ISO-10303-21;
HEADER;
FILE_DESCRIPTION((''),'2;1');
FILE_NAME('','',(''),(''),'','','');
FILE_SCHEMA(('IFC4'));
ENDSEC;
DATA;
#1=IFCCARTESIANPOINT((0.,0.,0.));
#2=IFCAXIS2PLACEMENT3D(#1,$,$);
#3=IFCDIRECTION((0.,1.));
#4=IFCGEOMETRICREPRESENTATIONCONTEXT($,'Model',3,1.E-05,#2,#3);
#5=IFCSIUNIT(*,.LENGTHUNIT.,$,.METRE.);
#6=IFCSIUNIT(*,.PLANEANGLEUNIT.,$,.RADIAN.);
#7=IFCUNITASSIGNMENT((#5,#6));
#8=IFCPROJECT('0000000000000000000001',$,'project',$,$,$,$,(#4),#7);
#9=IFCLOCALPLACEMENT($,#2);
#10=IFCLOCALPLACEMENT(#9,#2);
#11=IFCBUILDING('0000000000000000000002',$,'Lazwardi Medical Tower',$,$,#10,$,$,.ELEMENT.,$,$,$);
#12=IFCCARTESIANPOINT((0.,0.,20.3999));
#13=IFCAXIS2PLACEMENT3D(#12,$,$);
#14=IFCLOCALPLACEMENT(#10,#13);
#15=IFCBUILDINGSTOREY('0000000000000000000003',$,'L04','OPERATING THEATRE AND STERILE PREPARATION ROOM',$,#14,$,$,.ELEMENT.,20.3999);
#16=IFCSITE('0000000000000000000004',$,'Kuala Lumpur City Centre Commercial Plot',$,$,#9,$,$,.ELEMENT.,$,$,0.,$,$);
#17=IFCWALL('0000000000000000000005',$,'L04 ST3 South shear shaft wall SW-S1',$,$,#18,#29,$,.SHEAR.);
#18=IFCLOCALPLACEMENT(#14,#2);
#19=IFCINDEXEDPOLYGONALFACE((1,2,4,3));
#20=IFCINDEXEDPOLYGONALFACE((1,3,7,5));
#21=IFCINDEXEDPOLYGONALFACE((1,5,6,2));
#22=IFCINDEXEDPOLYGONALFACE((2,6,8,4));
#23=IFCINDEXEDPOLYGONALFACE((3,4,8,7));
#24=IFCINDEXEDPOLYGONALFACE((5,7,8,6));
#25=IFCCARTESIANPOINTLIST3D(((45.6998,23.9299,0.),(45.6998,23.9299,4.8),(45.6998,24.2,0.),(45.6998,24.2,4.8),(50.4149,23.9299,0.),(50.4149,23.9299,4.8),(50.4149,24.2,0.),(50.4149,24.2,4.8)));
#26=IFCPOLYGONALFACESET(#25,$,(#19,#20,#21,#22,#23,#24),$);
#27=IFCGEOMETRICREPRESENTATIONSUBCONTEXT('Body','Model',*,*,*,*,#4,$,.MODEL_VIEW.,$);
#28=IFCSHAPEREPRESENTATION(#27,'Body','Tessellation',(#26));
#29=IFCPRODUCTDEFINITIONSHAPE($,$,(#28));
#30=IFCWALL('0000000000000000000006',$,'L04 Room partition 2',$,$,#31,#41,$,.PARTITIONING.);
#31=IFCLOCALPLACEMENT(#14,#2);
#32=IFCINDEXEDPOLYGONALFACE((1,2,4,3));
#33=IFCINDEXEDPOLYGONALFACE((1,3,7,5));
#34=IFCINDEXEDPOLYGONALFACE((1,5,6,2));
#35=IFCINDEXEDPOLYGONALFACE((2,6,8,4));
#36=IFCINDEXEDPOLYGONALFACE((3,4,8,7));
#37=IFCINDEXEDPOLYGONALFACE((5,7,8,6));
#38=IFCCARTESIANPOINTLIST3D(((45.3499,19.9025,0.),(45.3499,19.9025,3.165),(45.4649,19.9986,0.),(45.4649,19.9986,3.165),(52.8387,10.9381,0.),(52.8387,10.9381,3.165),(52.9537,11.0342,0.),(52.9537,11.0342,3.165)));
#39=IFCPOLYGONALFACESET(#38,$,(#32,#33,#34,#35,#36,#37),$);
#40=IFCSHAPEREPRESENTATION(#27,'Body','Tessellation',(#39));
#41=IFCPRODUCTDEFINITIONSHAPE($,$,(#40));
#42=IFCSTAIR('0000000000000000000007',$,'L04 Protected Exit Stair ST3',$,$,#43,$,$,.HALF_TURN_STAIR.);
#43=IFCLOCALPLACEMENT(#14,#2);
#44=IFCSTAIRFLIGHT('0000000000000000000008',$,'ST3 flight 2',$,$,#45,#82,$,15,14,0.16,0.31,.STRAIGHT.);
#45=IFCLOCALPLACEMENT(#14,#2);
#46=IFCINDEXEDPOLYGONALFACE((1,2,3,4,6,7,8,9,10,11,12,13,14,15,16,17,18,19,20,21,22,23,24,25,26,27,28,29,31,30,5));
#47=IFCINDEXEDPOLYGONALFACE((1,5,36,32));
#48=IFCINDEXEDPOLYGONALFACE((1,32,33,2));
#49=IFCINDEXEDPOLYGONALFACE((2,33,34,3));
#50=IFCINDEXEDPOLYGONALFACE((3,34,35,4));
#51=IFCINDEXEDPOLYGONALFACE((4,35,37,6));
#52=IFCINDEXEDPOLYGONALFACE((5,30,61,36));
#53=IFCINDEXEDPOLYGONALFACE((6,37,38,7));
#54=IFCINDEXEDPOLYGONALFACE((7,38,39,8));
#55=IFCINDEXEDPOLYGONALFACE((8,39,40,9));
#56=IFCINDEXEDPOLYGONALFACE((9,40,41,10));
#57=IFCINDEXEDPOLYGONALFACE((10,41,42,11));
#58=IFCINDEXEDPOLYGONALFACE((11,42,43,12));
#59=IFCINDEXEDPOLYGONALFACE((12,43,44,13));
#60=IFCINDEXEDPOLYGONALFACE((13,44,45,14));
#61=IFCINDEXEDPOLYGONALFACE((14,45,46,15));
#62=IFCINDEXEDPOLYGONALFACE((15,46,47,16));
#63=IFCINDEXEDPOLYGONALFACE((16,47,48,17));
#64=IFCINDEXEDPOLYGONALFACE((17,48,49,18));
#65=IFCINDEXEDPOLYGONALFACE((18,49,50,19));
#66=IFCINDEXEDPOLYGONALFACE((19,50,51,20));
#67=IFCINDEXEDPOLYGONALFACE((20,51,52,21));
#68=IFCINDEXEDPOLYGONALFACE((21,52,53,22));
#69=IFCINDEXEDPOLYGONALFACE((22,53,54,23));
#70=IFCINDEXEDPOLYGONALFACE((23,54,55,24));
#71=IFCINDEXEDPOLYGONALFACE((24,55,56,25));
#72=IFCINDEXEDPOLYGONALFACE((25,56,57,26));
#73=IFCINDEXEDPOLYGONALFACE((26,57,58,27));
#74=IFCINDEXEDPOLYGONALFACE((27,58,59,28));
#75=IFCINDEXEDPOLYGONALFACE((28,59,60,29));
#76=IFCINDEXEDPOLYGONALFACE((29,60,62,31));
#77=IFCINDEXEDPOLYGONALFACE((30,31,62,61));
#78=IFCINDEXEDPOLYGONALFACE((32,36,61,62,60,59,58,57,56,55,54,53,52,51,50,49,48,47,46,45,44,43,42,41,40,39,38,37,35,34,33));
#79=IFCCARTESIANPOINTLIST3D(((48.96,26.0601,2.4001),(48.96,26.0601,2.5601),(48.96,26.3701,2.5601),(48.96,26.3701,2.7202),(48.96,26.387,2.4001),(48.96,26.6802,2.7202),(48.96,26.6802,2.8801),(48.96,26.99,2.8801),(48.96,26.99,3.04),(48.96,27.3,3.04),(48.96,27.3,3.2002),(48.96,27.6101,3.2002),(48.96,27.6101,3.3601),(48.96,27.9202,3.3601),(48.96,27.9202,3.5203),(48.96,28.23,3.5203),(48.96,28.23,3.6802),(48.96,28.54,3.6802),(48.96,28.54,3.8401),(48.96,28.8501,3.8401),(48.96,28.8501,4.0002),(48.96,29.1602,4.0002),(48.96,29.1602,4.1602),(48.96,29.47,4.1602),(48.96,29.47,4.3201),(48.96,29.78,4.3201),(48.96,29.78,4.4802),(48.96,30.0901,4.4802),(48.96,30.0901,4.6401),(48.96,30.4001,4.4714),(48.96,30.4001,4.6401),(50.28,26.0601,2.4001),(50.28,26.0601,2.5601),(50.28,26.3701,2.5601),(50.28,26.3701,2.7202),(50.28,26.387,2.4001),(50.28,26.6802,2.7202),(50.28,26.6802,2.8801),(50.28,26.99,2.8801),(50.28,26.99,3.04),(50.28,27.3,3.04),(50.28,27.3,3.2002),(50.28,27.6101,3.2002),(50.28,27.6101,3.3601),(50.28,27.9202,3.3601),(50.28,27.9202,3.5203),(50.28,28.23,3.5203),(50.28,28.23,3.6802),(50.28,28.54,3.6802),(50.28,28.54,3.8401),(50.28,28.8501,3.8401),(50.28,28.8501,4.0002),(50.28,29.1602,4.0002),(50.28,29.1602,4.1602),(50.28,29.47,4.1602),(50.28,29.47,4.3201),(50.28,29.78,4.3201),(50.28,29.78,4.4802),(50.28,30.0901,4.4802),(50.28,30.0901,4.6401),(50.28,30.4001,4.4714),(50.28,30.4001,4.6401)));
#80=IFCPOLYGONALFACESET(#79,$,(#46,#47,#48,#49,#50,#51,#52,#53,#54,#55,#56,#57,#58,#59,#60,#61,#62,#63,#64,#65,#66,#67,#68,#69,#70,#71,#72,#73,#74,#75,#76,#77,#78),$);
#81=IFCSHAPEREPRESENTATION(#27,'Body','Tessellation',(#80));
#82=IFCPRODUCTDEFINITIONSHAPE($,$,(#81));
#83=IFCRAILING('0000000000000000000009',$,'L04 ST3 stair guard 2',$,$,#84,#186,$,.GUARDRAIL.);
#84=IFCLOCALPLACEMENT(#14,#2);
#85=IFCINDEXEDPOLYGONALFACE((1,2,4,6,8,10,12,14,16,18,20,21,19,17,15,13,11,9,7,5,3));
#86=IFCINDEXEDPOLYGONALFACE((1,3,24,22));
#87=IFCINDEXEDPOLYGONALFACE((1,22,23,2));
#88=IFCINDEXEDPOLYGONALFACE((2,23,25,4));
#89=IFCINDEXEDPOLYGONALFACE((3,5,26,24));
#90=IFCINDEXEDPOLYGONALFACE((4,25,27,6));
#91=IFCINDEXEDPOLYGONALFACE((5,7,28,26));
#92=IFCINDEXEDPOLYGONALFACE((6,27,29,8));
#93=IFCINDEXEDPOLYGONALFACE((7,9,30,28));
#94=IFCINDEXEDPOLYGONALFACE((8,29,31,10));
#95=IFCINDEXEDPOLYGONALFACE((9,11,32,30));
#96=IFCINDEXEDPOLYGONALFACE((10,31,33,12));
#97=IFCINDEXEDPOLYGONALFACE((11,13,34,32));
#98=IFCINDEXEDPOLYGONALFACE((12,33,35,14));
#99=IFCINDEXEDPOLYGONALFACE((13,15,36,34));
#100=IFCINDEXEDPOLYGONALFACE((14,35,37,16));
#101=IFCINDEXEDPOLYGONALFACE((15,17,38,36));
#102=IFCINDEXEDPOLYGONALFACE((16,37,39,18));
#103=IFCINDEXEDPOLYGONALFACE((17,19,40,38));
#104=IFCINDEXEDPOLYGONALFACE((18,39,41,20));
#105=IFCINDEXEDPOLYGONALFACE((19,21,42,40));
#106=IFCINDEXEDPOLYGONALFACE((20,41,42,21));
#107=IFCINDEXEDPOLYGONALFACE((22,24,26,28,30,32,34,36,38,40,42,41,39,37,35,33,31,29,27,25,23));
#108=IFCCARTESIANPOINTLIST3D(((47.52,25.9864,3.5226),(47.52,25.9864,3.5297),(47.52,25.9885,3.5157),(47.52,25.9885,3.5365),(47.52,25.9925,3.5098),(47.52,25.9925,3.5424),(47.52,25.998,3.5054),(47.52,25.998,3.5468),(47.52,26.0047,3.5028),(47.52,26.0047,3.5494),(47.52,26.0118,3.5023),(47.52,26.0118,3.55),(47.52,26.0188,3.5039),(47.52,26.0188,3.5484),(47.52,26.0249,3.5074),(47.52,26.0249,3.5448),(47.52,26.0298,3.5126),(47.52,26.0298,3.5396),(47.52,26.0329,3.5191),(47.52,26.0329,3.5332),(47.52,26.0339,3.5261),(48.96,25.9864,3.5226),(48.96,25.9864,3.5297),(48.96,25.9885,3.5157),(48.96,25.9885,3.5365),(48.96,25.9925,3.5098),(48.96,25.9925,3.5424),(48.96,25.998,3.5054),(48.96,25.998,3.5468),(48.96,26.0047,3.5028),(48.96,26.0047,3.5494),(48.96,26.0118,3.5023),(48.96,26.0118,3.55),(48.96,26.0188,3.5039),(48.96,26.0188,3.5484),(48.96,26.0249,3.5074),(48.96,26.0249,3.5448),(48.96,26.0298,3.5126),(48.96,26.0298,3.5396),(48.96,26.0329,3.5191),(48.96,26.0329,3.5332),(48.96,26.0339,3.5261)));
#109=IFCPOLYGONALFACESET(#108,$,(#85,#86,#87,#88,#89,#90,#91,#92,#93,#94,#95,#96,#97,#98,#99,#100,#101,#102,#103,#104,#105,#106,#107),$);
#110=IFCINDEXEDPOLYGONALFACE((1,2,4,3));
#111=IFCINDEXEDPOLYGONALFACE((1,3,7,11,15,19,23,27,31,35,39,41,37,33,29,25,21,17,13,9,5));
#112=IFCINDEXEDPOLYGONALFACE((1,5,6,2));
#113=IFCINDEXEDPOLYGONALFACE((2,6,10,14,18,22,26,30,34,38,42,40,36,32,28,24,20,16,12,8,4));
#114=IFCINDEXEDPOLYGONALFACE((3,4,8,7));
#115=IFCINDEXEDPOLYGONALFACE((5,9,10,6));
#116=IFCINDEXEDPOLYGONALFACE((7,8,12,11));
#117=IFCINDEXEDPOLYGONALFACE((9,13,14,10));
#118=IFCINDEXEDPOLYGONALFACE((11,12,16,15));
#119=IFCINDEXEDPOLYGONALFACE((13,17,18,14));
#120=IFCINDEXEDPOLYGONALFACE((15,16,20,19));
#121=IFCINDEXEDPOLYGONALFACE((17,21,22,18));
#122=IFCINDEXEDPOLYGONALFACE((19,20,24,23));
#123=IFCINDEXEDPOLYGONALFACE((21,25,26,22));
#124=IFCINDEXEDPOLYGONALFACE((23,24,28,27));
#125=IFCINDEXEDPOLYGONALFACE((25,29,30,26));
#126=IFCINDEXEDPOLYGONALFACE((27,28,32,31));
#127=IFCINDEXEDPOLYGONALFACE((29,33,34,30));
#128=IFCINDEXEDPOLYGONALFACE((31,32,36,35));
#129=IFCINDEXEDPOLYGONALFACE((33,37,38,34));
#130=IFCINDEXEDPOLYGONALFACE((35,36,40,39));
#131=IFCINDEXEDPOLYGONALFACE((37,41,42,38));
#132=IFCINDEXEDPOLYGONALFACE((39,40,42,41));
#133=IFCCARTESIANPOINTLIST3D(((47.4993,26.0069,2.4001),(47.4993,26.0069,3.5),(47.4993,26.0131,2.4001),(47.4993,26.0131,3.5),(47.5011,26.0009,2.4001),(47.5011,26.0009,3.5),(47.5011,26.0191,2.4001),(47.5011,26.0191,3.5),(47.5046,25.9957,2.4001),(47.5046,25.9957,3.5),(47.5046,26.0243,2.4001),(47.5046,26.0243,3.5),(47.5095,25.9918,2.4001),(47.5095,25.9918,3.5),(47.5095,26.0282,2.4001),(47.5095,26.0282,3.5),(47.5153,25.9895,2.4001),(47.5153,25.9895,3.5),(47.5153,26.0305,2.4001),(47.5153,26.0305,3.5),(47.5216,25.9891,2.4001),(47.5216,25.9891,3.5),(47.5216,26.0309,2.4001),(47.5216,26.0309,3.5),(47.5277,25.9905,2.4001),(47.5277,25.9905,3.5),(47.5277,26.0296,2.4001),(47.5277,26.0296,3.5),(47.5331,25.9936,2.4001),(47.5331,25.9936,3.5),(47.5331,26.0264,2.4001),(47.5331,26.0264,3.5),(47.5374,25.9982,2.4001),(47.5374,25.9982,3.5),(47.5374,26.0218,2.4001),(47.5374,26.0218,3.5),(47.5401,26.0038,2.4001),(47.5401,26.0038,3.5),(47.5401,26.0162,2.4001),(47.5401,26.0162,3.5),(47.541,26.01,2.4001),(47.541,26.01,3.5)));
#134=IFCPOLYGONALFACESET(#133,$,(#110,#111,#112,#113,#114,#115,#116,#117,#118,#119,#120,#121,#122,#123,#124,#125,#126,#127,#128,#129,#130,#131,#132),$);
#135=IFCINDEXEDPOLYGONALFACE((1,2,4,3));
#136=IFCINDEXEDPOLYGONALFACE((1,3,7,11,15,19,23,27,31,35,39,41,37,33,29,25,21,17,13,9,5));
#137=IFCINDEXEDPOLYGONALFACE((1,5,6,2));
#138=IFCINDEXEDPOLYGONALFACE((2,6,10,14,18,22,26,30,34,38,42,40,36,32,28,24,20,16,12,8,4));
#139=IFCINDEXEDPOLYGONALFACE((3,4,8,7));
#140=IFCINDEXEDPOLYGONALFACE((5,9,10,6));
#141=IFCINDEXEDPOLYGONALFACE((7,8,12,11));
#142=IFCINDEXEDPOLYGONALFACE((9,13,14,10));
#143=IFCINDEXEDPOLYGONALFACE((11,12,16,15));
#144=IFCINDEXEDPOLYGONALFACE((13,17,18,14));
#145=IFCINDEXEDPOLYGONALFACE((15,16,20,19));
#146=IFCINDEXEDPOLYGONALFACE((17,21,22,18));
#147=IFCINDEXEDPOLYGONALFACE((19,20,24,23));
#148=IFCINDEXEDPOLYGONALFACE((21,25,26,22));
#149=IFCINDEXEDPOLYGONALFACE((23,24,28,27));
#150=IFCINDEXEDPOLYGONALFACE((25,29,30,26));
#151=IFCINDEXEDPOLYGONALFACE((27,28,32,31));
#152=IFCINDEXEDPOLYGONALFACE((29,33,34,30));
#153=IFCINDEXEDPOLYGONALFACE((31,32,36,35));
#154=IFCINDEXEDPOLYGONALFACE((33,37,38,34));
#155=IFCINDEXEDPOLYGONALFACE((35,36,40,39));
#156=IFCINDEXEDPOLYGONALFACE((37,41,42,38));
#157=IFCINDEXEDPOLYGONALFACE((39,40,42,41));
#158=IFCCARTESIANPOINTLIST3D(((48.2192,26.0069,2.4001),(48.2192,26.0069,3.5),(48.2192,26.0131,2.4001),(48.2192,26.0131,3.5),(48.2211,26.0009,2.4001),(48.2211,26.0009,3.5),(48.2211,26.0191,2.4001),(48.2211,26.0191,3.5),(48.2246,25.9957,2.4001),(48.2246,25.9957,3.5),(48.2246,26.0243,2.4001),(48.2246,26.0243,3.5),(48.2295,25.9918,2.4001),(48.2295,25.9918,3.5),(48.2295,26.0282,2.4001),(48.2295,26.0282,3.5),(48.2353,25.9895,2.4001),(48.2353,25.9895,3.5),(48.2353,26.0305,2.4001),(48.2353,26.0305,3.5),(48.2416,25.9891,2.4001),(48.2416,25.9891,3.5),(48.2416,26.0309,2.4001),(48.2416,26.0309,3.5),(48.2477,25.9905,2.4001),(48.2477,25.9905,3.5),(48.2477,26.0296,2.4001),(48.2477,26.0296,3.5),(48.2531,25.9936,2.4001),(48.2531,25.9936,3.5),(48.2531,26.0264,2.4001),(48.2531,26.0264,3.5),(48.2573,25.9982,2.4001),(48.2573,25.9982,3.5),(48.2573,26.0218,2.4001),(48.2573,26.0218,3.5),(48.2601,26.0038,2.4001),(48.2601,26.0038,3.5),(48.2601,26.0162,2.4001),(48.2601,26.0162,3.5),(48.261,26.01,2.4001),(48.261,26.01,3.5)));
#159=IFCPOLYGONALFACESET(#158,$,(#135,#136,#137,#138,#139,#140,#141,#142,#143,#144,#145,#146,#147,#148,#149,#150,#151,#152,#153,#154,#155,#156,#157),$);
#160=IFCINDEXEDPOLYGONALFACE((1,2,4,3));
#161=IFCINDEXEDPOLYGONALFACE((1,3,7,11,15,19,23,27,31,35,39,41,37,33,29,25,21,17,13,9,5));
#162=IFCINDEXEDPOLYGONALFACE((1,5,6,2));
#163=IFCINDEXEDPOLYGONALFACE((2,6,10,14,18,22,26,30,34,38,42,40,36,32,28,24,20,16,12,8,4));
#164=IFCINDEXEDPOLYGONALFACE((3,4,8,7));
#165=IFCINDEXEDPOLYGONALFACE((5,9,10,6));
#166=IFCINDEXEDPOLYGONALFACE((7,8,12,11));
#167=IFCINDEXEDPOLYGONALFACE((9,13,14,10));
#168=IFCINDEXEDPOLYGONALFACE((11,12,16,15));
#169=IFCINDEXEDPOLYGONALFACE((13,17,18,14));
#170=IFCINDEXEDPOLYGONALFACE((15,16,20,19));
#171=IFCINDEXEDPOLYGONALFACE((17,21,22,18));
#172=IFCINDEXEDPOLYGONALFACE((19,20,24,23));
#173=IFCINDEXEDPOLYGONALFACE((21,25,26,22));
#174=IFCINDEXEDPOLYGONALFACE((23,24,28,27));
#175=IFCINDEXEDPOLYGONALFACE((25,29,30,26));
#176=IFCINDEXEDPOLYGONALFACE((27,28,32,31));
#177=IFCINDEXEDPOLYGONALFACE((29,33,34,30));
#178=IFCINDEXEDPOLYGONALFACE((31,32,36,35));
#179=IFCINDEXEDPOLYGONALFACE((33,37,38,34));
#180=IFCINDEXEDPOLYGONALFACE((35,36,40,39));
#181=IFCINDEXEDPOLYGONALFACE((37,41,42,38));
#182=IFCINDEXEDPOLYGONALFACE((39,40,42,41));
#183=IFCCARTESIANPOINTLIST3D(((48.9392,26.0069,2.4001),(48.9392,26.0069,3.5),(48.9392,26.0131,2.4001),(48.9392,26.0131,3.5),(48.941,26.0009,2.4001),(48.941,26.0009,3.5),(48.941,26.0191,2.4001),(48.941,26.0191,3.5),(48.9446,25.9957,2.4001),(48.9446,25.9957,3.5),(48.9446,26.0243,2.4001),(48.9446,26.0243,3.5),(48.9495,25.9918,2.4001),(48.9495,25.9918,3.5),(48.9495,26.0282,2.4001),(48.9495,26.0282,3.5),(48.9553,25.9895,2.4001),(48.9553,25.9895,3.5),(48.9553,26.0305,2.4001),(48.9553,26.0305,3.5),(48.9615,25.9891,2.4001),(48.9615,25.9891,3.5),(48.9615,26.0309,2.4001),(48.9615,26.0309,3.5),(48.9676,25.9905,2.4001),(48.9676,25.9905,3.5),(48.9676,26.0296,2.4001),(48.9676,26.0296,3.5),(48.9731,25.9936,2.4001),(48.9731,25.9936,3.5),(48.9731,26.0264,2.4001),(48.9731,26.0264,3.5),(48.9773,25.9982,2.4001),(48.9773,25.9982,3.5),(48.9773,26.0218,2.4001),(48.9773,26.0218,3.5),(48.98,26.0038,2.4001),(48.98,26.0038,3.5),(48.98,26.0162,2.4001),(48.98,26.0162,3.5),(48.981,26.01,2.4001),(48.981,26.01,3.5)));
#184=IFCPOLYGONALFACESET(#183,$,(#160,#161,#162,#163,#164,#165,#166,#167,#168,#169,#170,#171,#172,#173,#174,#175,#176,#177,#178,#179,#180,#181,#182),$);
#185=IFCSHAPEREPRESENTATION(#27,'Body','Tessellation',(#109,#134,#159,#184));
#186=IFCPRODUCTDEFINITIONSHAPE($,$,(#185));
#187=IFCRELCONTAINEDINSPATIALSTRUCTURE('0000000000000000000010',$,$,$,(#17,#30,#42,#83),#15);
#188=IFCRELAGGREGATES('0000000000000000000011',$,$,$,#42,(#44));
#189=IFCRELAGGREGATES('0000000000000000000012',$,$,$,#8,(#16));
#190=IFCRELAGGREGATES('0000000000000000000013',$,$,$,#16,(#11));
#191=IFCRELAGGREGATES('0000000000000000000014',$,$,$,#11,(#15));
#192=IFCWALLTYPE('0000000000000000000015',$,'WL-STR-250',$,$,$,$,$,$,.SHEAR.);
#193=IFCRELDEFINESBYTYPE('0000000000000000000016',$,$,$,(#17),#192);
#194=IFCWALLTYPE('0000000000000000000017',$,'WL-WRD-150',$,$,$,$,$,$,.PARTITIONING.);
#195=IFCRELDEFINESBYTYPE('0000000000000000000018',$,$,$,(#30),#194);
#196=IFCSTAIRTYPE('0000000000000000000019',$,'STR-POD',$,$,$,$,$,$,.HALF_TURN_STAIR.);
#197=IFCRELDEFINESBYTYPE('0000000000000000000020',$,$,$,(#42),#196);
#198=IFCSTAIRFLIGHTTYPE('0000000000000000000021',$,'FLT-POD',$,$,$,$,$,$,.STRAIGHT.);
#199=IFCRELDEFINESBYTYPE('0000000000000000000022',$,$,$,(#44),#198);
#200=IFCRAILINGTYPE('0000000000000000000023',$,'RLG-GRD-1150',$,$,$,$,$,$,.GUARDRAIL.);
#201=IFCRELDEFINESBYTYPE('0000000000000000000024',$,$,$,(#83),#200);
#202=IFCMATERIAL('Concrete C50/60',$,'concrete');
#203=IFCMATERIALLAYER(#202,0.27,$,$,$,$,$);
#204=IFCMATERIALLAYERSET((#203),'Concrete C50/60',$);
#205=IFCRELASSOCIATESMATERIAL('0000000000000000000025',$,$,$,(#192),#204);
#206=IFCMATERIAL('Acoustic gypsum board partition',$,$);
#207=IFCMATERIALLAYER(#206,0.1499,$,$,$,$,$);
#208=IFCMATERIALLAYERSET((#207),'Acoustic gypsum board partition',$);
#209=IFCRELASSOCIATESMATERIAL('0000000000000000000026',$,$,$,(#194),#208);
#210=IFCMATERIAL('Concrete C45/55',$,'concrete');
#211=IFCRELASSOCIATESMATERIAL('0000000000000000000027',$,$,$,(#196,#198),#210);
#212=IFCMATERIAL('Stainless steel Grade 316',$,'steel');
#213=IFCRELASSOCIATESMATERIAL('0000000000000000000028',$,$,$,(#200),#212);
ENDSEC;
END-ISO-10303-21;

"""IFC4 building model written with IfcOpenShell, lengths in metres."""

from ifc_helpers import new_model, si_unit, direction, frame, frame_2d, origin, origin_2d, place, context, subcontext, project, spatial, polyline, rectangle, circle, outline, extrude, material, layer, layer_set, type_object, element, aggregate, save


model = new_model("IFC4")

# Units and contexts
model_context = context("Model", 3, precision=1e-05, world=origin(), true_north=direction((0.0, 1.0)))
body_context = subcontext(model_context, "Body", "Model", "MODEL_VIEW")
ifc_project = project(units=[si_unit("LENGTHUNIT", "METRE"), si_unit("PLANEANGLEUNIT", "RADIAN")], contexts=[model_context])

# Site, building, storey
site_placement = place(None, origin())
site = spatial("IfcSite", under=ifc_project, at=site_placement, Name="Kuala Lumpur City Centre Commercial Plot", CompositionType="ELEMENT", RefElevation=0.0)
building_placement = place(site_placement, origin())
building = spatial("IfcBuilding", under=site, at=building_placement, Name="Lazwardi Medical Tower", CompositionType="ELEMENT")
storey_placement = place(building_placement, frame((0.0, 0.0, 20.3999)))
storey = spatial("IfcBuildingStorey", under=building, at=storey_placement, Name="L04", Description="OPERATING THEATRE AND STERILE PREPARATION ROOM", CompositionType="ELEMENT", Elevation=20.3999)

# Walls
ifc_material_1 = material(Name="Concrete C50/60", Category="concrete")
ifc_layer_1 = layer(ifc_material_1, 0.27)
ifc_layer_set_1 = layer_set([ifc_layer_1], Name="Concrete C50/60")
wall_type_1 = type_object("IfcWallType", Name="WL-STR-250", PredefinedType="SHEAR", material=ifc_layer_set_1)
wall_1_placement = place(storey_placement, frame((45.7, 24.0649, 0.0), z_axis=(0.0, 0.0, 1.0), x_axis=(1.0, 0.0, 0.0)))
element("IfcWall", 1, at=wall_1_placement, inside=storey, type_object=wall_type_1, Name="L04 ST3 South shear shaft wall SW-S1", PredefinedType="SHEAR", context=body_context, shape_type="SweptSolid", body=[
    extrude(rectangle(XDim=4.7151, YDim=0.27, at=frame_2d((2.3574, 0.0))), origin(), (0.0, 0.0, 1.0), 4.8),
])
ifc_material_2 = material(Name="Acoustic gypsum board partition")
ifc_layer_2 = layer(ifc_material_2, 0.1499)
ifc_layer_set_2 = layer_set([ifc_layer_2], Name="Acoustic gypsum board partition")
wall_type_2 = type_object("IfcWallType", Name="WL-WRD-150", PredefinedType="PARTITIONING", material=ifc_layer_set_2)
wall_2_placement = place(storey_placement, frame((45.4075, 19.9504, 0.0), z_axis=(0.0, 0.0, 1.0), x_axis=(0.641117, -0.767443, 0.0)))
element("IfcWall", 2, at=wall_2_placement, inside=storey, type_object=wall_type_2, Name="L04 Room partition 2", PredefinedType="PARTITIONING", context=body_context, shape_type="SweptSolid", body=[
    extrude(rectangle(XDim=11.6809, YDim=0.1499, at=frame_2d((5.8403, 0.0))), origin(), (0.0, 0.0, 1.0), 3.165),
])

# Stair, stair flight
ifc_material_3 = material(Name="Concrete C45/55", Category="concrete")
stair_type = type_object("IfcStairType", Name="STR-POD", PredefinedType="HALF_TURN_STAIR", material=ifc_material_3)
stair_placement = place(storey_placement, origin())
stair = element("IfcStair", 3, at=stair_placement, inside=storey, type_object=stair_type, Name="L04 Protected Exit Stair ST3", PredefinedType="HALF_TURN_STAIR")
stair_flight_type = type_object("IfcStairFlightType", Name="FLT-POD", PredefinedType="STRAIGHT", material=ifc_material_3)
stair_flight_placement = place(storey_placement, frame((49.6201, 26.0601, 2.4001), z_axis=(0.0, 0.0, 1.0), x_axis=(0.0, 1.0, 0.0)))
stair_flight = element("IfcStairFlight", 4, at=stair_flight_placement, type_object=stair_flight_type, Name="ST3 flight 2", NumberOfRisers=15, NumberOfTreads=14, PredefinedType="STRAIGHT", RiserHeight=0.16, TreadLength=0.31, context=body_context, shape_type="SweptSolid", body=[
    extrude(outline(polyline([(0.0, 0.0), (0.0, 0.1599), (0.3101, 0.1599), (0.3101, 0.3201), (0.6201, 0.3201), (0.6201, 0.48), (0.9299, 0.48), (0.9299, 0.6399), (1.24, 0.6399), (1.24, 0.8), (1.55, 0.8), (1.55, 0.96), (1.8601, 0.96), (1.8601, 1.1201), (2.1699, 1.1201), (2.1699, 1.28), (2.48, 1.28), (2.48, 1.4399), (2.79, 1.4399), (2.79, 1.6001), (3.1001, 1.6001), (3.1001, 1.76), (3.4099, 1.76), (3.4099, 1.9199), (3.72, 1.9199), (3.72, 2.0801), (4.03, 2.0801), (4.03, 2.24), (4.3401, 2.24), (4.3401, 2.3999), (4.3401, 2.0713), (0.3269, 0.0), (0.0, 0.0)])), frame((0.0, 0.6602, 0.0), z_axis=(0.0, -1.0, 0.0), x_axis=(1.0, 0.0, 0.0)), (0.0, 0.0, 1.0), 1.3201),
])
aggregate(stair, [stair_flight])

# Railing
ifc_material_4 = material(Name="Stainless steel Grade 316", Category="steel")
railing_type_1 = type_object("IfcRailingType", Name="RLG-GRD-1150", PredefinedType="GUARDRAIL", material=ifc_material_4)
railing_1_placement = place(storey_placement, frame((47.52, 26.01, 2.4001)))
element("IfcRailing", 5, at=railing_1_placement, inside=storey, type_object=railing_type_1, Name="L04 ST3 stair guard 2", PredefinedType="GUARDRAIL", context=body_context, shape_type="SweptSolid", body=[
    extrude(circle(Radius=0.0239, at=origin_2d()), frame((0.0, 0.0, 1.126), z_axis=(1.0, 0.0, 0.0), x_axis=(0.0, 1.0, 0.0)), (0.0, 0.0, 1.0), 1.4399),
    extrude(circle(Radius=0.021, at=origin_2d()), origin(), (0.0, 0.0, 1.0), 1.0999),
    extrude(circle(Radius=0.021, at=origin_2d()), frame((0.72, 0.0, 0.0)), (0.0, 0.0, 1.0), 1.0999),
    extrude(circle(Radius=0.021, at=origin_2d()), frame((1.4399, 0.0, 0.0)), (0.0, 0.0, 1.0), 1.0999),
])

save(model, "model.ifc")
